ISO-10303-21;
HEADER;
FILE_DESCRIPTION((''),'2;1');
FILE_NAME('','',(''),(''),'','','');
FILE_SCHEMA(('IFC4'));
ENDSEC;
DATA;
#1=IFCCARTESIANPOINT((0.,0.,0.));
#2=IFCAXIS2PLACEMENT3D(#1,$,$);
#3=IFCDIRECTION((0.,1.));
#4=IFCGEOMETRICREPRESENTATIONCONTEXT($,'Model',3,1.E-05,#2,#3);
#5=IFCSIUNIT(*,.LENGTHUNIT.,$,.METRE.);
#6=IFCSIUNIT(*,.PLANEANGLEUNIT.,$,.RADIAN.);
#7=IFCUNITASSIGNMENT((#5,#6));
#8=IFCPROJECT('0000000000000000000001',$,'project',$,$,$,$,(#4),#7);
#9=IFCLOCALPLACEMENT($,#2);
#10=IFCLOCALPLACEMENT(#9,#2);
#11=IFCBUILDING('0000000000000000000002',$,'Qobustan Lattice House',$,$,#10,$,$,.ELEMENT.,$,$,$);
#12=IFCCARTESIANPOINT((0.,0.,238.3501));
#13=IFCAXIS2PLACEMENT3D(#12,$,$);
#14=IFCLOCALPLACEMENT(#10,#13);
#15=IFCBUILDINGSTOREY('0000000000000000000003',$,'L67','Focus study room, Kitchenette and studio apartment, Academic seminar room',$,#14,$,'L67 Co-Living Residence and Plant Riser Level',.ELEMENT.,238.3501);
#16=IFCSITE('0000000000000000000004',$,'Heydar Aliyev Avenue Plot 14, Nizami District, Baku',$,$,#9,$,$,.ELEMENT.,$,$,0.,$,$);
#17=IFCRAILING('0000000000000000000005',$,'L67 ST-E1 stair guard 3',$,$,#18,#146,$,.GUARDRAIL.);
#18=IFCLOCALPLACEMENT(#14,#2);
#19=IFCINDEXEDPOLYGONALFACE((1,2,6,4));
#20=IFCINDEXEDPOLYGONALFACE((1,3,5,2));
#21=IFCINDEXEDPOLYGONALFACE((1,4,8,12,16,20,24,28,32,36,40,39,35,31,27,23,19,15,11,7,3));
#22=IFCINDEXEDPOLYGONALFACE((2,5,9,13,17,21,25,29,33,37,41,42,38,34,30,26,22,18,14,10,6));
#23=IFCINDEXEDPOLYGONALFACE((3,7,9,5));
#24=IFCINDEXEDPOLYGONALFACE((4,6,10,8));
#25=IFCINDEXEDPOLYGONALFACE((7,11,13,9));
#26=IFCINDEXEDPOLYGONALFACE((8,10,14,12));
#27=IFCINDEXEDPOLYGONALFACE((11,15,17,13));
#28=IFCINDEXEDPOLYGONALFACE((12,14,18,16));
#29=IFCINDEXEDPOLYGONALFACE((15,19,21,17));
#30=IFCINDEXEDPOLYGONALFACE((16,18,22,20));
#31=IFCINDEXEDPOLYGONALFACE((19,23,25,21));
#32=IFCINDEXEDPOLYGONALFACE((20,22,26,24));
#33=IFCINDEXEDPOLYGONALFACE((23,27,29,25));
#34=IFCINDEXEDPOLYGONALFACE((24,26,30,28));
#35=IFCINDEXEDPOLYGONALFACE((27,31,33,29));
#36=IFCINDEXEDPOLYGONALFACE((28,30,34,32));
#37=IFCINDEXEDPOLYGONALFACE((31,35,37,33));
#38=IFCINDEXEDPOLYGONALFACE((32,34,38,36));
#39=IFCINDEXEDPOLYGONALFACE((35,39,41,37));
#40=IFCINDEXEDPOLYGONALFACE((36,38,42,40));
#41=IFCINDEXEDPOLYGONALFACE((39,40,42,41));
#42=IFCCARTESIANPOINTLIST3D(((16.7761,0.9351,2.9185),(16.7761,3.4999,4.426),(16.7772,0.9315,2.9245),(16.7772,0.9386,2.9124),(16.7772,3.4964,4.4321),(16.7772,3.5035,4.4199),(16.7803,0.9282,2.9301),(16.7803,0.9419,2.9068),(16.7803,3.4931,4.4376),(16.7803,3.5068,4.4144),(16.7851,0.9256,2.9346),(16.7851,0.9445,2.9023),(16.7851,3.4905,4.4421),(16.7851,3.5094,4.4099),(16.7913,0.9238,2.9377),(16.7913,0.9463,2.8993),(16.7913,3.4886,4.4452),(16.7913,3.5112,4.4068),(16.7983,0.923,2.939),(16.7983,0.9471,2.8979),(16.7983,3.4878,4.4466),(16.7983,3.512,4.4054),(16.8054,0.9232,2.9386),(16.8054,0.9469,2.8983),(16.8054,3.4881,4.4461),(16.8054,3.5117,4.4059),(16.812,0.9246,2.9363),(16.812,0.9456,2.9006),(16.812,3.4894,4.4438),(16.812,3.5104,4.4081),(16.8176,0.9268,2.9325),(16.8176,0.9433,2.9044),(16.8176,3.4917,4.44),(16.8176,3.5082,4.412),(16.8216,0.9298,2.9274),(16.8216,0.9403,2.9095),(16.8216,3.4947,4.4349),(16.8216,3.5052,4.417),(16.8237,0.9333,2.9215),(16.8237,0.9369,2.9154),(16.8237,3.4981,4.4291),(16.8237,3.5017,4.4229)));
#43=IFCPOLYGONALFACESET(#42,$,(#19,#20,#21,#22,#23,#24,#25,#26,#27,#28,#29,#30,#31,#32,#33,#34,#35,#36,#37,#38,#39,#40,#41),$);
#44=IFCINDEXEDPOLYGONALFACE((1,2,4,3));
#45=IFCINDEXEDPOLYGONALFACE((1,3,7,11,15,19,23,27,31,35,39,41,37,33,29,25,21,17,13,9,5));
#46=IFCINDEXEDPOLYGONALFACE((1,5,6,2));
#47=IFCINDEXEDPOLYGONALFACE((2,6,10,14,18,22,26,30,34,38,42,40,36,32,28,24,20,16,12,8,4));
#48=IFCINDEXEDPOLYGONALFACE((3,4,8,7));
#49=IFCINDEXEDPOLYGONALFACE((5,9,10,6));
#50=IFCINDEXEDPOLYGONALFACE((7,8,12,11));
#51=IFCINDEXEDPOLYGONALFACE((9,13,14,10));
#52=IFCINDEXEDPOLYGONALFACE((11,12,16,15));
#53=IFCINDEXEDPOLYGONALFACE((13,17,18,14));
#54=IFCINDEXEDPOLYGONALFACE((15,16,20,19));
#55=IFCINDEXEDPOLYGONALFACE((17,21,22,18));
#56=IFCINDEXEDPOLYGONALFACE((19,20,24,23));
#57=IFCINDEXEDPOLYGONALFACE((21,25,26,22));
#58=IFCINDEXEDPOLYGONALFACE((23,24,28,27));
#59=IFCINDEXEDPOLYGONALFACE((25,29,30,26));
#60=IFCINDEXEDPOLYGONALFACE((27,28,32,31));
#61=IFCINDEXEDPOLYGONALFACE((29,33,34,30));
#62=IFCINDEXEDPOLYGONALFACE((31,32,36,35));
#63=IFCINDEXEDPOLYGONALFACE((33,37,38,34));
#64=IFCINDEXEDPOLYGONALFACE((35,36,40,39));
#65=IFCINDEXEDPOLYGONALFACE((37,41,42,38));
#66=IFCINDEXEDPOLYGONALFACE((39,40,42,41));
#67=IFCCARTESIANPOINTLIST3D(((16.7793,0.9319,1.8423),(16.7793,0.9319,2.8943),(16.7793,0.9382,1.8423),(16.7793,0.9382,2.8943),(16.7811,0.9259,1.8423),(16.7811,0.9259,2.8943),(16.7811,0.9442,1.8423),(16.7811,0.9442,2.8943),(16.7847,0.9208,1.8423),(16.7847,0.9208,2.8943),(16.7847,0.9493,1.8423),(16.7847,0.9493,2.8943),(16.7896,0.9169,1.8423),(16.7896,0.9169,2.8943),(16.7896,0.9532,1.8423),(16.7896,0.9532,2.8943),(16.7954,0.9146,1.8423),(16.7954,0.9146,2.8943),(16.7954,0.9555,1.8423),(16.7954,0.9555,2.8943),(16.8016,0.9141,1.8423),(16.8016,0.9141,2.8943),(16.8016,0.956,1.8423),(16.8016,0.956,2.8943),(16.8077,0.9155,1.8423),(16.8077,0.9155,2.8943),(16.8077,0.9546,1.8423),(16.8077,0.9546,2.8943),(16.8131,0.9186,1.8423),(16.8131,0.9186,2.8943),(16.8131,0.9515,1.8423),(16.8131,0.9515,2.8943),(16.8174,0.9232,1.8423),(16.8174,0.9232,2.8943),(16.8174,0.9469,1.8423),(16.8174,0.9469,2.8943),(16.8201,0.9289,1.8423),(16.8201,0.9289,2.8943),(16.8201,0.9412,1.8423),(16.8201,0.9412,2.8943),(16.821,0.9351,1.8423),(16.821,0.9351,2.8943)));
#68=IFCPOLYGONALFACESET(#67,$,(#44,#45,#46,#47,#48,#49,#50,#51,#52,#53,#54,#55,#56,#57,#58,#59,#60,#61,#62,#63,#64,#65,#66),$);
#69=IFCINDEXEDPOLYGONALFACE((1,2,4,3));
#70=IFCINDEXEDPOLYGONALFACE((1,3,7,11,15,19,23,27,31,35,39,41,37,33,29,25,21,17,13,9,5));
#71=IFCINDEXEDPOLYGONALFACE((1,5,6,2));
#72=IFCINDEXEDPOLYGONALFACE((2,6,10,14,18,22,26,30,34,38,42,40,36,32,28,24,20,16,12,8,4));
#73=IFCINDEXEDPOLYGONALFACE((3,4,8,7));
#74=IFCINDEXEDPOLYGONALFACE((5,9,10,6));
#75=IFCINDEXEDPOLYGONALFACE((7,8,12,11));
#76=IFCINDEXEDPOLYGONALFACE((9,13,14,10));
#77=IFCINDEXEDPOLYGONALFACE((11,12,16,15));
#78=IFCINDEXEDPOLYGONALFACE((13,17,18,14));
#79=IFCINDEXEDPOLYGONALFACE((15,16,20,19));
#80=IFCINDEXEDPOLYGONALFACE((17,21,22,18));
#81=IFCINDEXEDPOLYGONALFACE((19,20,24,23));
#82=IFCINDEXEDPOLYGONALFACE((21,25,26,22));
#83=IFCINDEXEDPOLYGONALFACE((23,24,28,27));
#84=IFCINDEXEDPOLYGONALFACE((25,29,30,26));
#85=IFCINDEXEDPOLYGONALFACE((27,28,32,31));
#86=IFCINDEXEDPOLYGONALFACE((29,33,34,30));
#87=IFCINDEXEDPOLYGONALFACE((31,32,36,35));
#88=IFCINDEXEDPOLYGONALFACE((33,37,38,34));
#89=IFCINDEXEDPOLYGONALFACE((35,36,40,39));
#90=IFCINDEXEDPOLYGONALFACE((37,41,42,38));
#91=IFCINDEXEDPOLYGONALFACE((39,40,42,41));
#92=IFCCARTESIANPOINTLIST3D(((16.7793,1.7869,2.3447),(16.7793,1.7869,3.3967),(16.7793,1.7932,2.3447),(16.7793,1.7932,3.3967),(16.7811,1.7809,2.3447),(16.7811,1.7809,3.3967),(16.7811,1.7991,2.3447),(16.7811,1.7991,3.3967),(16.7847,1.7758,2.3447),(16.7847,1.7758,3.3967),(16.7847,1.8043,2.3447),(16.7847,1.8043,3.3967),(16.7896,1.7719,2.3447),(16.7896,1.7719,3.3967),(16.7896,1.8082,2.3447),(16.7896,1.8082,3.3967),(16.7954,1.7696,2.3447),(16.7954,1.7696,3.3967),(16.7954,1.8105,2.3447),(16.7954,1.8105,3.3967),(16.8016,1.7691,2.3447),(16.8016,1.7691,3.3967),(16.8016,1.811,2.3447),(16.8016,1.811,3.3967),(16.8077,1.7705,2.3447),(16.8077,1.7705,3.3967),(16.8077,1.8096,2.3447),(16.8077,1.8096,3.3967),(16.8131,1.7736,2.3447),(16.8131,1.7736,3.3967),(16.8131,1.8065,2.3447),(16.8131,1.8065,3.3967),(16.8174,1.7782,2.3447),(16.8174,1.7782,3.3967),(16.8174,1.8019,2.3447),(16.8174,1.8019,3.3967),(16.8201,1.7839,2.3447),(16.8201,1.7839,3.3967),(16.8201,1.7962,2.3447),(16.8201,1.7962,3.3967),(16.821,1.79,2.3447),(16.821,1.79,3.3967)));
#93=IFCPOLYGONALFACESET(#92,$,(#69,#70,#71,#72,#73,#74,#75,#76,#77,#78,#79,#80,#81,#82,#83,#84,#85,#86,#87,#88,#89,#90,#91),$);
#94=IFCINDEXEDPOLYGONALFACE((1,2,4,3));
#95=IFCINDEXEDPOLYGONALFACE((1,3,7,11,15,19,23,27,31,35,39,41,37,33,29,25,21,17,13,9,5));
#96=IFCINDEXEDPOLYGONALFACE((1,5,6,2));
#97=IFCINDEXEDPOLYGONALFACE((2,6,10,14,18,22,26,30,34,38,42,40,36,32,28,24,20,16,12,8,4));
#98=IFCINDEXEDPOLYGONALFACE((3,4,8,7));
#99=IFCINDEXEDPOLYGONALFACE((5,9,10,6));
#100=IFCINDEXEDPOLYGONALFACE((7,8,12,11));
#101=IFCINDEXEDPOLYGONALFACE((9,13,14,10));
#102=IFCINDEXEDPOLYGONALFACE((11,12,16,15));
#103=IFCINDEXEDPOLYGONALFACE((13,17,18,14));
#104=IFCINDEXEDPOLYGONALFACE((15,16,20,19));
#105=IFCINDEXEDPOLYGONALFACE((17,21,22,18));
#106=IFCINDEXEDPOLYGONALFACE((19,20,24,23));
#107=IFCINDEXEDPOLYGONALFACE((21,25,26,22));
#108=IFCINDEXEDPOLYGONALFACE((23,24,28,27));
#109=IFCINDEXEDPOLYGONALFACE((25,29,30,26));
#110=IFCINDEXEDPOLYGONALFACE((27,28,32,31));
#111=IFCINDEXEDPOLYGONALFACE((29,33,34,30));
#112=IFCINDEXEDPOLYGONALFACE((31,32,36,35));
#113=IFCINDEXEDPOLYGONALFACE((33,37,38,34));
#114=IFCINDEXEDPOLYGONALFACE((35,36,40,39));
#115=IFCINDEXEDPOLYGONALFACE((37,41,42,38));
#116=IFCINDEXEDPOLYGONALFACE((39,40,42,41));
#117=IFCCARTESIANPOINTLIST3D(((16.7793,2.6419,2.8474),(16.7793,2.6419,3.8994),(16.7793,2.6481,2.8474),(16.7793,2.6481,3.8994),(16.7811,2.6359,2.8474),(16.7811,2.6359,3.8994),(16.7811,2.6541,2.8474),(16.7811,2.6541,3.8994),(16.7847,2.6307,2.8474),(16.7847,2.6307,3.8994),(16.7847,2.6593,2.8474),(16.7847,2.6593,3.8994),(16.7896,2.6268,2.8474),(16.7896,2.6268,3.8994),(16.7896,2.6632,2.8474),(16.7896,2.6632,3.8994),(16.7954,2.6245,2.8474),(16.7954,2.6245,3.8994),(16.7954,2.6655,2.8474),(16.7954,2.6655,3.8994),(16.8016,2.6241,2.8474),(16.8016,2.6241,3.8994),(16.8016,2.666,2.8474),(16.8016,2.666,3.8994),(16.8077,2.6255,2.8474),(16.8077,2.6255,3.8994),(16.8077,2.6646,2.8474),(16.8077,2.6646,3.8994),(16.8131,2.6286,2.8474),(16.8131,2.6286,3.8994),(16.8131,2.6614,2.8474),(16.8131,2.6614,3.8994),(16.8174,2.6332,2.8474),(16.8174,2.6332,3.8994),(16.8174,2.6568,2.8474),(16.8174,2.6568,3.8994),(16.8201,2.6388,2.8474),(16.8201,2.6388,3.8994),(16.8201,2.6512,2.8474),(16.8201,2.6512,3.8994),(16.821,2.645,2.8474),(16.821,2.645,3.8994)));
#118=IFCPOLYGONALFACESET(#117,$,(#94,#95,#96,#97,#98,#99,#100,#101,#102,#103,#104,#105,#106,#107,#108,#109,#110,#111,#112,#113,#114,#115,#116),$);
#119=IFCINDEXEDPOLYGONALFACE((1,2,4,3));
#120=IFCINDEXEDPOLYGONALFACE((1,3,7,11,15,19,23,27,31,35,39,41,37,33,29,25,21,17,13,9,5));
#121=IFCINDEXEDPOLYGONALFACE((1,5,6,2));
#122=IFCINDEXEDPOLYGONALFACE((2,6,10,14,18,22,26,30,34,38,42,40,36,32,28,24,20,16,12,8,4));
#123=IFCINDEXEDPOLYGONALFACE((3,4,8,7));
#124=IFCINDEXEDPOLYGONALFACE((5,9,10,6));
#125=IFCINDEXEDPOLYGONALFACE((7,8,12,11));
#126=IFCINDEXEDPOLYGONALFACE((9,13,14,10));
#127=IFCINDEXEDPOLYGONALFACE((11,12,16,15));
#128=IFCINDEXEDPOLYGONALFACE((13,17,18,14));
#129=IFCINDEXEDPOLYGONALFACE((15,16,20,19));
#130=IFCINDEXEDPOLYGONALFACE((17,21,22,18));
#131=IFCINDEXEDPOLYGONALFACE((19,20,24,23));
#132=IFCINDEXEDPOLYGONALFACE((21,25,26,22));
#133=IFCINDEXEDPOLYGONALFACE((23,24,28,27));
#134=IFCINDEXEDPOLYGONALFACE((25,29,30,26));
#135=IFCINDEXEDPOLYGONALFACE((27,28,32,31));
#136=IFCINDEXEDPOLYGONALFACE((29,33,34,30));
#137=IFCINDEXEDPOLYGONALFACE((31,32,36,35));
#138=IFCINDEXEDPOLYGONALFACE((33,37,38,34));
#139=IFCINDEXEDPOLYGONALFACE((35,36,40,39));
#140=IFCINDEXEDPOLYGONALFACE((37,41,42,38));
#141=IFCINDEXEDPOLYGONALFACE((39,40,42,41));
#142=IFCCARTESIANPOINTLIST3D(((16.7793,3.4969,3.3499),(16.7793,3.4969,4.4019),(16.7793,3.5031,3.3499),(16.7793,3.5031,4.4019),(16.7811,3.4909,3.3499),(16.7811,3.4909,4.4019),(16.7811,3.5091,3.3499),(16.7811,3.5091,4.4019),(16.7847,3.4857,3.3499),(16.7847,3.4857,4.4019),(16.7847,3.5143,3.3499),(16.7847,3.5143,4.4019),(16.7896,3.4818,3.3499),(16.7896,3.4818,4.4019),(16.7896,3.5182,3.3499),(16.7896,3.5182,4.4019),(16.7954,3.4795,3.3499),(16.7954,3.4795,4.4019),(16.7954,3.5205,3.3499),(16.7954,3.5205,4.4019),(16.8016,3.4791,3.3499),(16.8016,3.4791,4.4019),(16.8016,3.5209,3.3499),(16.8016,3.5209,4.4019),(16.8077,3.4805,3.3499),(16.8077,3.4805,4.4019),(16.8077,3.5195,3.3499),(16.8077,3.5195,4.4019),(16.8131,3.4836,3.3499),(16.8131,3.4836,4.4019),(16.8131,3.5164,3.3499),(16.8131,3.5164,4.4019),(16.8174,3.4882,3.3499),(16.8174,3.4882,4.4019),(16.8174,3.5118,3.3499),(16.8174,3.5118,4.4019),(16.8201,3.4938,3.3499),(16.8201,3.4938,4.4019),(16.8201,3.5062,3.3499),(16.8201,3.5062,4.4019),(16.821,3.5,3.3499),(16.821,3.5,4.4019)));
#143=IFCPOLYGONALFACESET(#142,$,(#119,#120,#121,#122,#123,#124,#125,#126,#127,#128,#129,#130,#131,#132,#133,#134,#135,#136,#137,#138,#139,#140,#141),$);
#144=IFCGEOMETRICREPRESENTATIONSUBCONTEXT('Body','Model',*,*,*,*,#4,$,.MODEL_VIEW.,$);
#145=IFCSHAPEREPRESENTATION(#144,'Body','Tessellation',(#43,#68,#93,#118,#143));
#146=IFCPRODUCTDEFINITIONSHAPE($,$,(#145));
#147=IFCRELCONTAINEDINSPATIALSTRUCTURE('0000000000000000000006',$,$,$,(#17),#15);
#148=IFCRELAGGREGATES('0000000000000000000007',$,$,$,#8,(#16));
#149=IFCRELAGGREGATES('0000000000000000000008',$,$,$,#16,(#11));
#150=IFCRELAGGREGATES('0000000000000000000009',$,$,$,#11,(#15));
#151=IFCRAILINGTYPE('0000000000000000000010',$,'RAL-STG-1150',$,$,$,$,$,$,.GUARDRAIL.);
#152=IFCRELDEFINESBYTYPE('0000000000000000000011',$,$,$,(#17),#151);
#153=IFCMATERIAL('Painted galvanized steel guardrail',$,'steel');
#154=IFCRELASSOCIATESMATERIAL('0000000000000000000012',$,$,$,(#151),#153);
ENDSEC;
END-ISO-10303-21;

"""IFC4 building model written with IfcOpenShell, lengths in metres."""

from ifc_helpers import new_model, si_unit, direction, frame, origin, origin_2d, place, context, subcontext, project, spatial, circle, extrude, material, type_object, element, save


model = new_model("IFC4")

# Units and contexts
model_context = context("Model", 3, precision=1e-05, world=origin(), true_north=direction((0.0, 1.0)))
body_context = subcontext(model_context, "Body", "Model", "MODEL_VIEW")
ifc_project = project(units=[si_unit("LENGTHUNIT", "METRE"), si_unit("PLANEANGLEUNIT", "RADIAN")], contexts=[model_context])

# Site, building, storey
site_placement = place(None, origin())
site = spatial("IfcSite", under=ifc_project, at=site_placement, Name="Heydar Aliyev Avenue Plot 14, Nizami District, Baku", CompositionType="ELEMENT", RefElevation=0.0)
building_placement = place(site_placement, origin())
building = spatial("IfcBuilding", under=site, at=building_placement, Name="Qobustan Lattice House", CompositionType="ELEMENT")
storey_placement = place(building_placement, frame((0.0, 0.0, 238.3501)))
storey = spatial("IfcBuildingStorey", under=building, at=storey_placement, Name="L67", Description="Focus study room, Kitchenette and studio apartment, Academic seminar room", LongName="L67 Co-Living Residence and Plant Riser Level", CompositionType="ELEMENT", Elevation=238.3501)

# Railing
ifc_material_1 = material(Name="Painted galvanized steel guardrail", Category="steel")
railing_type_1 = type_object("IfcRailingType", Name="RAL-STG-1150", PredefinedType="GUARDRAIL", material=ifc_material_1)
railing_1_placement = place(storey_placement, frame((16.8, 0.9351, 1.8423)))
element("IfcRailing", 1, at=railing_1_placement, inside=storey, type_object=railing_type_1, Name="L67 ST-E1 stair guard 3", PredefinedType="GUARDRAIL", context=body_context, shape_type="SweptSolid", body=[
    extrude(circle(Radius=0.0239, at=origin_2d()), frame((0.0, 0.0, 1.0762), z_axis=(0.0, 0.862113, 0.506715), x_axis=(-1.0, 0.0, 0.0)), (0.0, 0.0, 1.0), 2.9751),
    extrude(circle(Radius=0.021, at=origin_2d()), origin(), (0.0, 0.0, 1.0), 1.052),
    extrude(circle(Radius=0.021, at=origin_2d()), frame((0.0, 0.855, 0.5024)), (0.0, 0.0, 1.0), 1.052),
    extrude(circle(Radius=0.021, at=origin_2d()), frame((0.0, 1.71, 1.0051)), (0.0, 0.0, 1.0), 1.052),
    extrude(circle(Radius=0.021, at=origin_2d()), frame((0.0, 2.5649, 1.5076)), (0.0, 0.0, 1.0), 1.052),
])

save(model, "model.ifc")
